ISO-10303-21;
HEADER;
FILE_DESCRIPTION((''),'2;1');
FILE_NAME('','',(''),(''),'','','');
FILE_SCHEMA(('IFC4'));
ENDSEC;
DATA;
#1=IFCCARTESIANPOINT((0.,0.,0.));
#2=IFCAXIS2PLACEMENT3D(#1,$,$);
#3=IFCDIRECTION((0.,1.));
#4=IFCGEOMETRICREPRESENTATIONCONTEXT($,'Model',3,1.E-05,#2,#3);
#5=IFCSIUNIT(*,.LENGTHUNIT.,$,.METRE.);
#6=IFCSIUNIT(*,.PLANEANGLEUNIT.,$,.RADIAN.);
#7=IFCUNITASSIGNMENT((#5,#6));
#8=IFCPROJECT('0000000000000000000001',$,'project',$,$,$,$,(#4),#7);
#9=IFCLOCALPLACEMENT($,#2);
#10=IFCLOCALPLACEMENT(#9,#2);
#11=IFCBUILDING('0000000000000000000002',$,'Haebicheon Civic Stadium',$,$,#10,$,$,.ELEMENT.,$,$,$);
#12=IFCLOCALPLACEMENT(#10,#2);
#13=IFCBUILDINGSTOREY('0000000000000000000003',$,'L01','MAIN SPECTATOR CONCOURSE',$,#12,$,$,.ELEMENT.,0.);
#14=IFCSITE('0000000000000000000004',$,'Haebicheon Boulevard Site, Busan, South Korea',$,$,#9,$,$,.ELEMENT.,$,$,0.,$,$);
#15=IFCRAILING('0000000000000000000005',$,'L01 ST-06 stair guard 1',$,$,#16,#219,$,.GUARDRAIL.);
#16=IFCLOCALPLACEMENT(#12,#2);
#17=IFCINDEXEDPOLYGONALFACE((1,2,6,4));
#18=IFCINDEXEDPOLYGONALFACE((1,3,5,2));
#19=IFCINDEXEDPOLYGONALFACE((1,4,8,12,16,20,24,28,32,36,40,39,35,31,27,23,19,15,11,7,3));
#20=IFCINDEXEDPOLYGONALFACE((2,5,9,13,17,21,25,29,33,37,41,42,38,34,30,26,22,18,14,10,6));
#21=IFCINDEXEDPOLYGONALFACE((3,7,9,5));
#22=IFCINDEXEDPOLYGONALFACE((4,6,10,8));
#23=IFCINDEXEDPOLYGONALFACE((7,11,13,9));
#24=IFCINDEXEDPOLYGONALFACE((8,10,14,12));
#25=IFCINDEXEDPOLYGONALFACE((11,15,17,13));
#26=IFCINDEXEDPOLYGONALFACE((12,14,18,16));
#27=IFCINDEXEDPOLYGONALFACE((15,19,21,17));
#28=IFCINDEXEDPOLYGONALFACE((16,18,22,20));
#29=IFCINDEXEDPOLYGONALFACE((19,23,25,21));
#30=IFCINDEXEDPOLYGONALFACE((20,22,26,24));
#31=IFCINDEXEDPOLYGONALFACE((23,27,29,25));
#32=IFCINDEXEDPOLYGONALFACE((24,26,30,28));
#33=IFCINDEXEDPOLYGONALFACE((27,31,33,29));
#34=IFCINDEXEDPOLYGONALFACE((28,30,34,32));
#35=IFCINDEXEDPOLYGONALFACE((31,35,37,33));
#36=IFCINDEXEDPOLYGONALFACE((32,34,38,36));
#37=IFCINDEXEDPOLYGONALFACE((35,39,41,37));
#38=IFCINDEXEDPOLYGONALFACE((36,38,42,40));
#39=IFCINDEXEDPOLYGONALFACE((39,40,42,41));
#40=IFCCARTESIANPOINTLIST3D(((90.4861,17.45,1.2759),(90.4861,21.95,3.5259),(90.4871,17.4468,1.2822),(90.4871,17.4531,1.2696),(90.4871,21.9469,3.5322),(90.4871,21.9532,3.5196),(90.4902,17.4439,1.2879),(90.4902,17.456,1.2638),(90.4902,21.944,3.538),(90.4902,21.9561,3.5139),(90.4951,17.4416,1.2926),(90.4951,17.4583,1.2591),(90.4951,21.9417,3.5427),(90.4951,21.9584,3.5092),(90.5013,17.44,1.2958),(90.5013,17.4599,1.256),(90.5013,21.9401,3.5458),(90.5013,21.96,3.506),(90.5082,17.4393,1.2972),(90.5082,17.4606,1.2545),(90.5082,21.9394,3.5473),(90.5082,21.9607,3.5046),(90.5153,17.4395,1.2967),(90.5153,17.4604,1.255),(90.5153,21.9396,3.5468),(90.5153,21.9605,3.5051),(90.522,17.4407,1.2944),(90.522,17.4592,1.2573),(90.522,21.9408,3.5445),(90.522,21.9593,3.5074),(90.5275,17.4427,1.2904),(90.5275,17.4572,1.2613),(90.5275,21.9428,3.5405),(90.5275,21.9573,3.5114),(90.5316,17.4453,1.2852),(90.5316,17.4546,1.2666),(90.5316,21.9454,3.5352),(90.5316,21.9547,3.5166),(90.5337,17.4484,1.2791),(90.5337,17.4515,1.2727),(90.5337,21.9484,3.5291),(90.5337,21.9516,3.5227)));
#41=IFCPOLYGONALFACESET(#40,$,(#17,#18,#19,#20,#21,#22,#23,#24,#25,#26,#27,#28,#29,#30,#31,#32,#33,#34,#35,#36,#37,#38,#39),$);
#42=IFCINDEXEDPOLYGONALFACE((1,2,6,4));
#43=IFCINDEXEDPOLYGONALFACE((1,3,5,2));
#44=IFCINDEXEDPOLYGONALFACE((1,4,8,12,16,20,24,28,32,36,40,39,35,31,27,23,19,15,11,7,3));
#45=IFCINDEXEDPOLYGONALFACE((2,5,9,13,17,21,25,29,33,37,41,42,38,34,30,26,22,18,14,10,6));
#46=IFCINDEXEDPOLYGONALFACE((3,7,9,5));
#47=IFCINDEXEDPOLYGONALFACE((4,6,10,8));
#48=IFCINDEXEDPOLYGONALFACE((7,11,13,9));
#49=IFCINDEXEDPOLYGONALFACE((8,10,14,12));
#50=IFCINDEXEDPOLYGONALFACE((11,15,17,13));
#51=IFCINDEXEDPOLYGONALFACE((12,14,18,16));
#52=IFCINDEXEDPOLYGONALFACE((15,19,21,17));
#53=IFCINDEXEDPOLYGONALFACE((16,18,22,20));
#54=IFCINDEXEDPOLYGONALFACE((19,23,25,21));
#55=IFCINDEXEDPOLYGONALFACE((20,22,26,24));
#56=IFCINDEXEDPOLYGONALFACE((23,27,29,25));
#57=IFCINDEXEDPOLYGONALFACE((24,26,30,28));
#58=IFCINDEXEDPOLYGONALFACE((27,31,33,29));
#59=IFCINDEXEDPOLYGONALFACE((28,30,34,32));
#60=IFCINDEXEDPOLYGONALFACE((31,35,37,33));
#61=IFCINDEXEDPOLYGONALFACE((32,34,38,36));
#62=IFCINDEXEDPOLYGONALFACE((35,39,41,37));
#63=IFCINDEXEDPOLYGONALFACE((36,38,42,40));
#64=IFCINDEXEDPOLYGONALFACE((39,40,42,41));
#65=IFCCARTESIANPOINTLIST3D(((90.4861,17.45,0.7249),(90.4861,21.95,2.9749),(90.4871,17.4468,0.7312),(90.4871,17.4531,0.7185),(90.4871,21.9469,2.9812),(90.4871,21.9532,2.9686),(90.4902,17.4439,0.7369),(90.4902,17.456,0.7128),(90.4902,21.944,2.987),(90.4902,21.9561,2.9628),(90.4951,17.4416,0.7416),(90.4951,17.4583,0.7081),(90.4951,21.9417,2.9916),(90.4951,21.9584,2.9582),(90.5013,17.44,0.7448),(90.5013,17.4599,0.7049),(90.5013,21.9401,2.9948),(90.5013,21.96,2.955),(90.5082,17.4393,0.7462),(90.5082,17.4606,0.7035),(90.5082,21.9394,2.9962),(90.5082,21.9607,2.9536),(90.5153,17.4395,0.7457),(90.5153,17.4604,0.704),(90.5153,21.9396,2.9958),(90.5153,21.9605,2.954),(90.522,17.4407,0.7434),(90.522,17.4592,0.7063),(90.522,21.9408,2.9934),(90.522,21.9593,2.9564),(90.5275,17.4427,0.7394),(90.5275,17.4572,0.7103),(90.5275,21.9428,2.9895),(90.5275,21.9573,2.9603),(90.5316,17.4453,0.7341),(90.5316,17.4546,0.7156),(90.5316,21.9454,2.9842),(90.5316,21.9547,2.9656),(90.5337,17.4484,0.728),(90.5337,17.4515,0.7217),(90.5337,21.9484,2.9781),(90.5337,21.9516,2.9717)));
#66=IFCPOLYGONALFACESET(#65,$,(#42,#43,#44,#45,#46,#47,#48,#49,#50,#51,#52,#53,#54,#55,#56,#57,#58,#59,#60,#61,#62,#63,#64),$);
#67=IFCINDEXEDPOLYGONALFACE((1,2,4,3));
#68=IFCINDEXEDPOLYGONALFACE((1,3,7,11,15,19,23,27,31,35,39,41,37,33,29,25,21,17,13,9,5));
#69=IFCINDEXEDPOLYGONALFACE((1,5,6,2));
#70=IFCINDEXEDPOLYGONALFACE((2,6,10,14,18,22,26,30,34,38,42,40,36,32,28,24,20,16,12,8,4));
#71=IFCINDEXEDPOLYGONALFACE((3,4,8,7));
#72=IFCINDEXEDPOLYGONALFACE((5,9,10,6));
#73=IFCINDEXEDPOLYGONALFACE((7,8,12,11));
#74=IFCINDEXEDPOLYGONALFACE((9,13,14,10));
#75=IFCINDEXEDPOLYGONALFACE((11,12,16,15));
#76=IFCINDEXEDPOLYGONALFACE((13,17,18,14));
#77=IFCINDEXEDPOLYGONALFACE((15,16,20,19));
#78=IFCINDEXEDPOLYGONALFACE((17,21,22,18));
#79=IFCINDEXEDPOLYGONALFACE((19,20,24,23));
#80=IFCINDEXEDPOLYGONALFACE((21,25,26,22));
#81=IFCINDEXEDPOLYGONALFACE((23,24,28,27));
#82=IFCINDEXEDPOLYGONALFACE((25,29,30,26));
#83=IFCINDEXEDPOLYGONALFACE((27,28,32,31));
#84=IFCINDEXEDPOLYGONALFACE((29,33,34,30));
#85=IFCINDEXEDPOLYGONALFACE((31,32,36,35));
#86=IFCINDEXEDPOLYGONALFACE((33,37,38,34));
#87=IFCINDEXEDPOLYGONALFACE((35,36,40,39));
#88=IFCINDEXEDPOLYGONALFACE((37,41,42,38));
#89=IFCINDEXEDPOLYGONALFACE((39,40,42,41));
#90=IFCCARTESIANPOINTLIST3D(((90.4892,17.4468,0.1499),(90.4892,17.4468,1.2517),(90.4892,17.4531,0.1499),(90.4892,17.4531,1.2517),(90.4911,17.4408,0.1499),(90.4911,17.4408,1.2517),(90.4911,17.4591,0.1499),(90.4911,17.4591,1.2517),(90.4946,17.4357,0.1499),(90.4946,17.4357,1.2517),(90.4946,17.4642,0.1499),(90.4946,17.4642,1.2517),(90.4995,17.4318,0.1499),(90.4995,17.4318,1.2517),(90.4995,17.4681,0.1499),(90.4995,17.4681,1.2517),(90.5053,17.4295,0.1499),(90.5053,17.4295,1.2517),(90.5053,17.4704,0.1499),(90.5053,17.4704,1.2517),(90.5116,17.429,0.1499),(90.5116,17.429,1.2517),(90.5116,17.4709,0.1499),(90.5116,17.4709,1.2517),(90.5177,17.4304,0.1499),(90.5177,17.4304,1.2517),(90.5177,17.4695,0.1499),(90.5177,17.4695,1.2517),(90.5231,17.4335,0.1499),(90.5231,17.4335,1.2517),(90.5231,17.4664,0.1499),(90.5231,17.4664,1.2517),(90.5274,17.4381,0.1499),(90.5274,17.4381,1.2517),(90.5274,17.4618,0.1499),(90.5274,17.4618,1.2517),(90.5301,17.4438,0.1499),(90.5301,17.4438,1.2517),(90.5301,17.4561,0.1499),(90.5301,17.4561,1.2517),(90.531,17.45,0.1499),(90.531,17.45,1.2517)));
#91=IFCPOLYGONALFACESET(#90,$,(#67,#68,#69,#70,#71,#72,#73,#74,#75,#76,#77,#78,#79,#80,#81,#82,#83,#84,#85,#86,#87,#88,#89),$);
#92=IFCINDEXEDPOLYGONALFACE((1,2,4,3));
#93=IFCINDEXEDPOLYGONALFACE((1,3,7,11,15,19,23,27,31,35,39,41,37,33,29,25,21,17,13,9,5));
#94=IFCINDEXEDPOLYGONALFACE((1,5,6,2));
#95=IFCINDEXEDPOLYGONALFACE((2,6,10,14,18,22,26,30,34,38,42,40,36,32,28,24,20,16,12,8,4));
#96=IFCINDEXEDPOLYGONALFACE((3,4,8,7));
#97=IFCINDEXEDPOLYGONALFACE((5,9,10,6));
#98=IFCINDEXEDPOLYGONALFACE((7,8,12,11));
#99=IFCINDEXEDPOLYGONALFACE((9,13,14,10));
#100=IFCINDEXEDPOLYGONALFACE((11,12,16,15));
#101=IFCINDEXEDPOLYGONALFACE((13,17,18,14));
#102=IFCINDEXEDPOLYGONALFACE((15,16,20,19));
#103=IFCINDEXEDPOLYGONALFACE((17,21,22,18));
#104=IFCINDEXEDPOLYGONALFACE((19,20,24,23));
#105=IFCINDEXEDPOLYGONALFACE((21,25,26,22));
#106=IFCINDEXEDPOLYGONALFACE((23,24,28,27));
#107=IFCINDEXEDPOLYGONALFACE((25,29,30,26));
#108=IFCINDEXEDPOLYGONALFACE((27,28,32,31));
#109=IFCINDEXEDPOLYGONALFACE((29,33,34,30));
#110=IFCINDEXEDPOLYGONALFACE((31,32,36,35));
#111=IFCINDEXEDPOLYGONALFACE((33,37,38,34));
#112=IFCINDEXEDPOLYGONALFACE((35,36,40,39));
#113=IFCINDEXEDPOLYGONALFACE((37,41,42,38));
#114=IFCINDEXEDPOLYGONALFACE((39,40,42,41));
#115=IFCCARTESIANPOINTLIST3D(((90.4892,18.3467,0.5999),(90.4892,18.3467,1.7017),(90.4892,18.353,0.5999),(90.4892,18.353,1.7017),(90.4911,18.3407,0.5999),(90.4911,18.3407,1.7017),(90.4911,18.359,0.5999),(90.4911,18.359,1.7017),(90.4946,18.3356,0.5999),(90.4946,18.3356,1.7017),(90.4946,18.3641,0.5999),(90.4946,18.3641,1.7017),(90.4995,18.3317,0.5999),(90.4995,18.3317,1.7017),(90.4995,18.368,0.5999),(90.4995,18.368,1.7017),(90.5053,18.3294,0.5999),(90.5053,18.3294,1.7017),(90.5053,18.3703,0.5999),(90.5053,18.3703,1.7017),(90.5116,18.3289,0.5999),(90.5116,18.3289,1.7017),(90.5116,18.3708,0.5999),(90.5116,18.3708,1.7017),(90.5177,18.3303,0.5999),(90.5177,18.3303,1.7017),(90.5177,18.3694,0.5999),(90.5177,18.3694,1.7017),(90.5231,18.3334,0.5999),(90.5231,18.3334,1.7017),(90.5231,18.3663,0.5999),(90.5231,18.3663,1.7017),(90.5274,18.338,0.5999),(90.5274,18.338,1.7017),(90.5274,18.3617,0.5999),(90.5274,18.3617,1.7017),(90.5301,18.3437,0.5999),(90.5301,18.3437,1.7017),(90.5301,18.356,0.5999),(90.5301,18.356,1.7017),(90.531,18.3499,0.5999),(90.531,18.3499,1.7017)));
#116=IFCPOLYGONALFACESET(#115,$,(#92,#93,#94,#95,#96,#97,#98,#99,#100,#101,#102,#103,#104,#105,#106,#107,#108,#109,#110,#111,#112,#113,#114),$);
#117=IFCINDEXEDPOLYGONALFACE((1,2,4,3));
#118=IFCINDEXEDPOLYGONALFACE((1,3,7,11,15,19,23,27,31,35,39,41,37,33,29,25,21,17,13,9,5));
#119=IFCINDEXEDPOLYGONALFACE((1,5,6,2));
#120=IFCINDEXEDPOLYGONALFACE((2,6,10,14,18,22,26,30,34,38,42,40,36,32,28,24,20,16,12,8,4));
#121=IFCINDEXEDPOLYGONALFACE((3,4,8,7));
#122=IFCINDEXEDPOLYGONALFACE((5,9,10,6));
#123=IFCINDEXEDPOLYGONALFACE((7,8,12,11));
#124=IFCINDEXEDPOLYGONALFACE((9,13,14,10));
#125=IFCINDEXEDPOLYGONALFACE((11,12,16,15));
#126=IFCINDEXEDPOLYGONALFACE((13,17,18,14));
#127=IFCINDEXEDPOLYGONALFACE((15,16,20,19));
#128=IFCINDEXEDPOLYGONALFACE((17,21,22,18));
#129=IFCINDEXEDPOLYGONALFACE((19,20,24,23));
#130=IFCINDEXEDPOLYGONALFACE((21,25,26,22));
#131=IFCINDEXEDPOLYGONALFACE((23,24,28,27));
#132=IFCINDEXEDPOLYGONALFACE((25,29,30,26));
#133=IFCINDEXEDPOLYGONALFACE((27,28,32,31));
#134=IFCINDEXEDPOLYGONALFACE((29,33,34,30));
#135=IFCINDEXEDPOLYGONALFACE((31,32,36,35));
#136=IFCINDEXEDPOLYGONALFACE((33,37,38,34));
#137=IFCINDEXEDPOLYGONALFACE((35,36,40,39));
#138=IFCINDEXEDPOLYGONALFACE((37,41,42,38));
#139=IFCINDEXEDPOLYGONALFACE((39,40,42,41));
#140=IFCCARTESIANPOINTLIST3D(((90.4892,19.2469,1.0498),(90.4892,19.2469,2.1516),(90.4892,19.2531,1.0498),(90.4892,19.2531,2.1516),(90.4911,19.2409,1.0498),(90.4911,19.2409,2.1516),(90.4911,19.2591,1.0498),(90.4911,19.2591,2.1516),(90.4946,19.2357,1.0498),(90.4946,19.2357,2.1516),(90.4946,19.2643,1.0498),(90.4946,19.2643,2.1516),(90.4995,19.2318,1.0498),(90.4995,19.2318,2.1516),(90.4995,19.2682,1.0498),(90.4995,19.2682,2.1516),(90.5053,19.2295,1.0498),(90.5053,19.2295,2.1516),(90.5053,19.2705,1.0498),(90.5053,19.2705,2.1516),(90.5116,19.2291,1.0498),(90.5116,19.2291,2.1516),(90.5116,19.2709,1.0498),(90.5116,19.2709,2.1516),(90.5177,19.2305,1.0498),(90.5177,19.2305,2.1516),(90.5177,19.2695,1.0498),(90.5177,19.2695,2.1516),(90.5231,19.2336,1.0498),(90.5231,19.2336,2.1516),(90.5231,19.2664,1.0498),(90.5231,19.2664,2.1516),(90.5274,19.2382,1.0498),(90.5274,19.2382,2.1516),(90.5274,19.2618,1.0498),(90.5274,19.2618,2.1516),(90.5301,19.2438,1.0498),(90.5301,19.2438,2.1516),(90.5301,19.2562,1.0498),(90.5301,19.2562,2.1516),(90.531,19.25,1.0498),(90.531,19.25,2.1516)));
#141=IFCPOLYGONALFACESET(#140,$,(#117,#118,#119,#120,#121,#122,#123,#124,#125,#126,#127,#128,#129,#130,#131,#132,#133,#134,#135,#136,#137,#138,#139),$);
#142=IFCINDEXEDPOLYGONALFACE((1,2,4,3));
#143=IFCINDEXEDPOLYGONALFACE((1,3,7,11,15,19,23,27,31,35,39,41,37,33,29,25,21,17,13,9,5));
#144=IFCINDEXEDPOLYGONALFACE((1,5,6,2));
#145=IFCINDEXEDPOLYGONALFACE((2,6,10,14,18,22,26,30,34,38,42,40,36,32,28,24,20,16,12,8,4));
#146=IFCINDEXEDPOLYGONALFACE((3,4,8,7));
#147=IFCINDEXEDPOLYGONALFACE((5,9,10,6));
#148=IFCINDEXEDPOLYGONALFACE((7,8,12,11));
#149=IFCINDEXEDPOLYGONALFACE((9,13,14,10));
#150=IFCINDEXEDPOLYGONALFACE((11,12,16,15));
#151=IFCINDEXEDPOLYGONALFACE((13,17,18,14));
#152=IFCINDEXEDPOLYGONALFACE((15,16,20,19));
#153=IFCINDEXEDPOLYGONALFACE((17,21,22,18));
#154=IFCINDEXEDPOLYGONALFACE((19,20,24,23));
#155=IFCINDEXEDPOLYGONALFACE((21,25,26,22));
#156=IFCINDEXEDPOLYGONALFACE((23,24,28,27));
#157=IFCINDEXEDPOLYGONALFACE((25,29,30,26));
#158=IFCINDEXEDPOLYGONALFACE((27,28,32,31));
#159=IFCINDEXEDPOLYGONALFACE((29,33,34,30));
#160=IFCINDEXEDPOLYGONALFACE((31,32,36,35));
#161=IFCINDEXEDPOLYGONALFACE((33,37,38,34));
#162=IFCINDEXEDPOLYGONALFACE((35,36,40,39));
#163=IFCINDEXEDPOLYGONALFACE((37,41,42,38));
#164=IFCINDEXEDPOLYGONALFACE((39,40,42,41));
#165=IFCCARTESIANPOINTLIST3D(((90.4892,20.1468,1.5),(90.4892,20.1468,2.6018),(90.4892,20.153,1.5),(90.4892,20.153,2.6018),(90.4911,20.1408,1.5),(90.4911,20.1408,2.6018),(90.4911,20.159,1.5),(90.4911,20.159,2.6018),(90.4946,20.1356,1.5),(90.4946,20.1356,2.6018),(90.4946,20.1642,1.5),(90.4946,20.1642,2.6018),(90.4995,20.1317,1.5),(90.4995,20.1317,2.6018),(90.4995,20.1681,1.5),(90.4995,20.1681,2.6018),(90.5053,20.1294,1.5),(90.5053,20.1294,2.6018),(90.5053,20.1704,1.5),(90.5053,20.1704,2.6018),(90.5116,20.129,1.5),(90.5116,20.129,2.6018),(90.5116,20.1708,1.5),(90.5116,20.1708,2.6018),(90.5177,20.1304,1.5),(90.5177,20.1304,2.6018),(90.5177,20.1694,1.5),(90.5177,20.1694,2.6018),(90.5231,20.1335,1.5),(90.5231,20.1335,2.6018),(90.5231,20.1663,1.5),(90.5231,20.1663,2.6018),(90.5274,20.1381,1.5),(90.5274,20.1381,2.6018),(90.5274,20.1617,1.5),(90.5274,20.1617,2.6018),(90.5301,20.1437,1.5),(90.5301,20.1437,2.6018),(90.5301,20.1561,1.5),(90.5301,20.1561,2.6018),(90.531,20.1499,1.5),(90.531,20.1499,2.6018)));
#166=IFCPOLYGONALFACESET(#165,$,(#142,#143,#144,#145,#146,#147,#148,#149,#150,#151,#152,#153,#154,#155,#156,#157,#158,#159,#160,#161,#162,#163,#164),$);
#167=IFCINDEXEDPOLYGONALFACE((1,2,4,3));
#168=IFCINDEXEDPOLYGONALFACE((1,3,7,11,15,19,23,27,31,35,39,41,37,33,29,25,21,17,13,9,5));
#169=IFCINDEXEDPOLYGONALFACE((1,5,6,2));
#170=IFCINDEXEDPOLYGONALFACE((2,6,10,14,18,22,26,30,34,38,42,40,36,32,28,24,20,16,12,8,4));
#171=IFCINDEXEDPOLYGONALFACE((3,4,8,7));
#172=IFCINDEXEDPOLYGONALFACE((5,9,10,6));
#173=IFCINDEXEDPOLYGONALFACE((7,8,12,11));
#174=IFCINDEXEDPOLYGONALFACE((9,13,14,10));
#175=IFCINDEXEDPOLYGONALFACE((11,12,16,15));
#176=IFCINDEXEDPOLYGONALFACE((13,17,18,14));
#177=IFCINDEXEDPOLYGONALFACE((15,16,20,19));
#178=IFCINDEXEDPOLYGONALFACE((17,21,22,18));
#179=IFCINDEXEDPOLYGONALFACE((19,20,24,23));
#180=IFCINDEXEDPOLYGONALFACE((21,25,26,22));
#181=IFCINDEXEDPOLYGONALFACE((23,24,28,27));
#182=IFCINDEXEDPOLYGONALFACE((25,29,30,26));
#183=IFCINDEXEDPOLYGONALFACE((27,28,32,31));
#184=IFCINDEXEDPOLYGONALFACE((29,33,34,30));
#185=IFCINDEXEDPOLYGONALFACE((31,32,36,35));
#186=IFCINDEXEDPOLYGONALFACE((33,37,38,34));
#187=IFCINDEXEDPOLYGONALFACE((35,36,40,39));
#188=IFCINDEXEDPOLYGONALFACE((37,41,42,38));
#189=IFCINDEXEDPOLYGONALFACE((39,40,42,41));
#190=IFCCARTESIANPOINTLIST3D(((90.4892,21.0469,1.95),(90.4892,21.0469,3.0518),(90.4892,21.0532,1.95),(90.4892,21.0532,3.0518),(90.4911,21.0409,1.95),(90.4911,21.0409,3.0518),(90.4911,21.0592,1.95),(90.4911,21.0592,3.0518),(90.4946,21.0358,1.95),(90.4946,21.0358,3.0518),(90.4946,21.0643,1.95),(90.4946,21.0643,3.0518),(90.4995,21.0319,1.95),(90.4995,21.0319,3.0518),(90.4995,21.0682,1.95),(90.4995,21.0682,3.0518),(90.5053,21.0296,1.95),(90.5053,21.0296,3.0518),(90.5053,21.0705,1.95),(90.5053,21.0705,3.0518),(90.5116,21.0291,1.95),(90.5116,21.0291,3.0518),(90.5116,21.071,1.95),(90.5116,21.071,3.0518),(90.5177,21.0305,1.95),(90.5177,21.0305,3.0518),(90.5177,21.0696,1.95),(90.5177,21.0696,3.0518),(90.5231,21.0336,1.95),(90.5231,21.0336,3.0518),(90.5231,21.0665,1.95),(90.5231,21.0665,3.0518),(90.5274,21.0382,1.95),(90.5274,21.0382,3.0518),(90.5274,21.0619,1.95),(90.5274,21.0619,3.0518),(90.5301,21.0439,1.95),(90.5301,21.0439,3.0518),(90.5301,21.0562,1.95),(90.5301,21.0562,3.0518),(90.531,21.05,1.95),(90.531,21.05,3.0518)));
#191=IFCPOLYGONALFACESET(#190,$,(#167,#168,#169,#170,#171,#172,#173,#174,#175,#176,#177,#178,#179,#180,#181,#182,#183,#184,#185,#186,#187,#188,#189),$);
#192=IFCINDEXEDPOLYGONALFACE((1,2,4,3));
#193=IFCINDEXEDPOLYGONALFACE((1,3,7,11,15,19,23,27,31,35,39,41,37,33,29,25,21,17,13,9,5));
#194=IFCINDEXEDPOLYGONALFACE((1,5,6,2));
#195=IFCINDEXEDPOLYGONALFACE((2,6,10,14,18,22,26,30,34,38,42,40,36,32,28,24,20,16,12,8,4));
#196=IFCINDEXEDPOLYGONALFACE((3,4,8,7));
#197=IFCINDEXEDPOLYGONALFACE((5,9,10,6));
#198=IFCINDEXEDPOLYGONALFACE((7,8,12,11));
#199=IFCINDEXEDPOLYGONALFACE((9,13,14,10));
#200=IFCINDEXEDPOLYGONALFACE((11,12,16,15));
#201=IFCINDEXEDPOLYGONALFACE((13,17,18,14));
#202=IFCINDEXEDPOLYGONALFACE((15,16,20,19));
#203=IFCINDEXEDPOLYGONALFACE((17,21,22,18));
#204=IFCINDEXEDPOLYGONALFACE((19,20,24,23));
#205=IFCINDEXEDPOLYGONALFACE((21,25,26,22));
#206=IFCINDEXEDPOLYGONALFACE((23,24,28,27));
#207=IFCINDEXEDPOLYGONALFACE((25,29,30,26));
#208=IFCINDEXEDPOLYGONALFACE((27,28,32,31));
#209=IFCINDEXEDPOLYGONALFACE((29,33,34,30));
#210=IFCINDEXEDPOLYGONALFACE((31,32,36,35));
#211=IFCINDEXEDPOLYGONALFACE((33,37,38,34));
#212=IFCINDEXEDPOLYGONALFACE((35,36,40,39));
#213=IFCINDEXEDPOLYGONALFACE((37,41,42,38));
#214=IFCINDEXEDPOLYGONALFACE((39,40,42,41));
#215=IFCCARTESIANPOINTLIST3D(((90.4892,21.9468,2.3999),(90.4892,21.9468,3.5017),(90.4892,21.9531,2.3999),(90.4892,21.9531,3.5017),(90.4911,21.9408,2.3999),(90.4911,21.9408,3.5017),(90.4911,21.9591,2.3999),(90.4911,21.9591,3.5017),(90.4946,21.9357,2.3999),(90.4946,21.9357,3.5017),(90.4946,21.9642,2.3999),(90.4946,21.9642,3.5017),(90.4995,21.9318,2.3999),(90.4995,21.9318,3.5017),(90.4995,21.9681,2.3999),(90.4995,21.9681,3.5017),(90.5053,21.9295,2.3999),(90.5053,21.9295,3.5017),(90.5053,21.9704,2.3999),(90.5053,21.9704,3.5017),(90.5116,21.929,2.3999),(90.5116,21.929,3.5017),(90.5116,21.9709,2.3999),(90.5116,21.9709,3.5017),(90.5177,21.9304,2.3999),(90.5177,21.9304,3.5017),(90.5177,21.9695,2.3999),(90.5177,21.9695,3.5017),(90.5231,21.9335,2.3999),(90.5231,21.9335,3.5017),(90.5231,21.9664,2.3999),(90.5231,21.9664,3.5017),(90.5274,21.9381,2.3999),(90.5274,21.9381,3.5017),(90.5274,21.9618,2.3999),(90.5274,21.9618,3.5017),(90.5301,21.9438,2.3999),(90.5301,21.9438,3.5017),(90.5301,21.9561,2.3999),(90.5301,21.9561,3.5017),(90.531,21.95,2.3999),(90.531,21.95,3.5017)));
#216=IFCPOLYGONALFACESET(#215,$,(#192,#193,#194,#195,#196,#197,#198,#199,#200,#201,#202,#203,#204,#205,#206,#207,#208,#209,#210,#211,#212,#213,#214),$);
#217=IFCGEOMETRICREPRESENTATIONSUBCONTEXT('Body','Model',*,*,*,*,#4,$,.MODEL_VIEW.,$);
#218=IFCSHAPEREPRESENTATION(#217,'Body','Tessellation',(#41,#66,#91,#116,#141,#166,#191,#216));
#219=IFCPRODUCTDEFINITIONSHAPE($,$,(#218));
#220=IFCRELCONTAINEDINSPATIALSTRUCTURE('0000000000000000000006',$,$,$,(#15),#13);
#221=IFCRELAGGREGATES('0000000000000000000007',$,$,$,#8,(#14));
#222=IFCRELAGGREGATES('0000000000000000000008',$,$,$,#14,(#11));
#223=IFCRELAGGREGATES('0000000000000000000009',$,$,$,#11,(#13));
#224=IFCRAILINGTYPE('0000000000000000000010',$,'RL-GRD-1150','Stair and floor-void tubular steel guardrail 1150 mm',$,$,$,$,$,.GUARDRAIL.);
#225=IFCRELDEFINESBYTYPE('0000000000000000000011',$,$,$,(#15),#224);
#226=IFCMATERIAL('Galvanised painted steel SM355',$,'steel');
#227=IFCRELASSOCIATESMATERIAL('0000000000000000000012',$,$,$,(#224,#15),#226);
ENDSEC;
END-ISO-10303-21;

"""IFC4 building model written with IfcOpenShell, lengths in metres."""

from ifc_helpers import new_model, si_unit, direction, frame, origin, origin_2d, place, context, subcontext, project, spatial, circle, extrude, material, type_object, element, save


model = new_model("IFC4")

# Units and contexts
model_context = context("Model", 3, precision=1e-05, world=origin(), true_north=direction((0.0, 1.0)))
body_context = subcontext(model_context, "Body", "Model", "MODEL_VIEW")
ifc_project = project(units=[si_unit("LENGTHUNIT", "METRE"), si_unit("PLANEANGLEUNIT", "RADIAN")], contexts=[model_context])

# Site, building, storey
site_placement = place(None, origin())
site = spatial("IfcSite", under=ifc_project, at=site_placement, Name="Haebicheon Boulevard Site, Busan, South Korea", CompositionType="ELEMENT", RefElevation=0.0)
building_placement = place(site_placement, origin())
building = spatial("IfcBuilding", under=site, at=building_placement, Name="Haebicheon Civic Stadium", CompositionType="ELEMENT")
storey_placement = place(building_placement, origin())
storey = spatial("IfcBuildingStorey", under=building, at=storey_placement, Name="L01", Description="MAIN SPECTATOR CONCOURSE", CompositionType="ELEMENT", Elevation=0.0)

# Railing
ifc_material_1 = material(Name="Galvanised painted steel SM355", Category="steel")
railing_type = type_object("IfcRailingType", Name="RL-GRD-1150", Description="Stair and floor-void tubular steel guardrail 1150 mm", PredefinedType="GUARDRAIL", material=ifc_material_1)
railing_1_placement = place(storey_placement, frame((90.51, 17.45, 0.1499)))
element("IfcRailing", 1, at=railing_1_placement, inside=storey, type_object=railing_type, material=ifc_material_1, Name="L01 ST-06 stair guard 1", PredefinedType="GUARDRAIL", context=body_context, shape_type="SweptSolid", body=[
    extrude(circle(Radius=0.0239, at=origin_2d()), frame((0.0, 0.0, 1.126), z_axis=(0.0, 0.894427, 0.447214), x_axis=(-1.0, 0.0, 0.0)), (0.0, 0.0, 1.0), 5.0312),
    extrude(circle(Radius=0.0239, at=origin_2d()), frame((0.0, 0.0, 0.575), z_axis=(0.0, 0.894427, 0.447214), x_axis=(-1.0, 0.0, 0.0)), (0.0, 0.0, 1.0), 5.0312),
    extrude(circle(Radius=0.021, at=origin_2d()), origin(), (0.0, 0.0, 1.0), 1.1018),
    extrude(circle(Radius=0.021, at=origin_2d()), frame((0.0, 0.8999, 0.45)), (0.0, 0.0, 1.0), 1.1018),
    extrude(circle(Radius=0.021, at=origin_2d()), frame((0.0, 1.8, 0.8999)), (0.0, 0.0, 1.0), 1.1018),
    extrude(circle(Radius=0.021, at=origin_2d()), frame((0.0, 2.7, 1.3501)), (0.0, 0.0, 1.0), 1.1018),
    extrude(circle(Radius=0.021, at=origin_2d()), frame((0.0, 3.6001, 1.8)), (0.0, 0.0, 1.0), 1.1018),
    extrude(circle(Radius=0.021, at=origin_2d()), frame((0.0, 4.5, 2.25)), (0.0, 0.0, 1.0), 1.1018),
])

save(model, "model.ifc")
